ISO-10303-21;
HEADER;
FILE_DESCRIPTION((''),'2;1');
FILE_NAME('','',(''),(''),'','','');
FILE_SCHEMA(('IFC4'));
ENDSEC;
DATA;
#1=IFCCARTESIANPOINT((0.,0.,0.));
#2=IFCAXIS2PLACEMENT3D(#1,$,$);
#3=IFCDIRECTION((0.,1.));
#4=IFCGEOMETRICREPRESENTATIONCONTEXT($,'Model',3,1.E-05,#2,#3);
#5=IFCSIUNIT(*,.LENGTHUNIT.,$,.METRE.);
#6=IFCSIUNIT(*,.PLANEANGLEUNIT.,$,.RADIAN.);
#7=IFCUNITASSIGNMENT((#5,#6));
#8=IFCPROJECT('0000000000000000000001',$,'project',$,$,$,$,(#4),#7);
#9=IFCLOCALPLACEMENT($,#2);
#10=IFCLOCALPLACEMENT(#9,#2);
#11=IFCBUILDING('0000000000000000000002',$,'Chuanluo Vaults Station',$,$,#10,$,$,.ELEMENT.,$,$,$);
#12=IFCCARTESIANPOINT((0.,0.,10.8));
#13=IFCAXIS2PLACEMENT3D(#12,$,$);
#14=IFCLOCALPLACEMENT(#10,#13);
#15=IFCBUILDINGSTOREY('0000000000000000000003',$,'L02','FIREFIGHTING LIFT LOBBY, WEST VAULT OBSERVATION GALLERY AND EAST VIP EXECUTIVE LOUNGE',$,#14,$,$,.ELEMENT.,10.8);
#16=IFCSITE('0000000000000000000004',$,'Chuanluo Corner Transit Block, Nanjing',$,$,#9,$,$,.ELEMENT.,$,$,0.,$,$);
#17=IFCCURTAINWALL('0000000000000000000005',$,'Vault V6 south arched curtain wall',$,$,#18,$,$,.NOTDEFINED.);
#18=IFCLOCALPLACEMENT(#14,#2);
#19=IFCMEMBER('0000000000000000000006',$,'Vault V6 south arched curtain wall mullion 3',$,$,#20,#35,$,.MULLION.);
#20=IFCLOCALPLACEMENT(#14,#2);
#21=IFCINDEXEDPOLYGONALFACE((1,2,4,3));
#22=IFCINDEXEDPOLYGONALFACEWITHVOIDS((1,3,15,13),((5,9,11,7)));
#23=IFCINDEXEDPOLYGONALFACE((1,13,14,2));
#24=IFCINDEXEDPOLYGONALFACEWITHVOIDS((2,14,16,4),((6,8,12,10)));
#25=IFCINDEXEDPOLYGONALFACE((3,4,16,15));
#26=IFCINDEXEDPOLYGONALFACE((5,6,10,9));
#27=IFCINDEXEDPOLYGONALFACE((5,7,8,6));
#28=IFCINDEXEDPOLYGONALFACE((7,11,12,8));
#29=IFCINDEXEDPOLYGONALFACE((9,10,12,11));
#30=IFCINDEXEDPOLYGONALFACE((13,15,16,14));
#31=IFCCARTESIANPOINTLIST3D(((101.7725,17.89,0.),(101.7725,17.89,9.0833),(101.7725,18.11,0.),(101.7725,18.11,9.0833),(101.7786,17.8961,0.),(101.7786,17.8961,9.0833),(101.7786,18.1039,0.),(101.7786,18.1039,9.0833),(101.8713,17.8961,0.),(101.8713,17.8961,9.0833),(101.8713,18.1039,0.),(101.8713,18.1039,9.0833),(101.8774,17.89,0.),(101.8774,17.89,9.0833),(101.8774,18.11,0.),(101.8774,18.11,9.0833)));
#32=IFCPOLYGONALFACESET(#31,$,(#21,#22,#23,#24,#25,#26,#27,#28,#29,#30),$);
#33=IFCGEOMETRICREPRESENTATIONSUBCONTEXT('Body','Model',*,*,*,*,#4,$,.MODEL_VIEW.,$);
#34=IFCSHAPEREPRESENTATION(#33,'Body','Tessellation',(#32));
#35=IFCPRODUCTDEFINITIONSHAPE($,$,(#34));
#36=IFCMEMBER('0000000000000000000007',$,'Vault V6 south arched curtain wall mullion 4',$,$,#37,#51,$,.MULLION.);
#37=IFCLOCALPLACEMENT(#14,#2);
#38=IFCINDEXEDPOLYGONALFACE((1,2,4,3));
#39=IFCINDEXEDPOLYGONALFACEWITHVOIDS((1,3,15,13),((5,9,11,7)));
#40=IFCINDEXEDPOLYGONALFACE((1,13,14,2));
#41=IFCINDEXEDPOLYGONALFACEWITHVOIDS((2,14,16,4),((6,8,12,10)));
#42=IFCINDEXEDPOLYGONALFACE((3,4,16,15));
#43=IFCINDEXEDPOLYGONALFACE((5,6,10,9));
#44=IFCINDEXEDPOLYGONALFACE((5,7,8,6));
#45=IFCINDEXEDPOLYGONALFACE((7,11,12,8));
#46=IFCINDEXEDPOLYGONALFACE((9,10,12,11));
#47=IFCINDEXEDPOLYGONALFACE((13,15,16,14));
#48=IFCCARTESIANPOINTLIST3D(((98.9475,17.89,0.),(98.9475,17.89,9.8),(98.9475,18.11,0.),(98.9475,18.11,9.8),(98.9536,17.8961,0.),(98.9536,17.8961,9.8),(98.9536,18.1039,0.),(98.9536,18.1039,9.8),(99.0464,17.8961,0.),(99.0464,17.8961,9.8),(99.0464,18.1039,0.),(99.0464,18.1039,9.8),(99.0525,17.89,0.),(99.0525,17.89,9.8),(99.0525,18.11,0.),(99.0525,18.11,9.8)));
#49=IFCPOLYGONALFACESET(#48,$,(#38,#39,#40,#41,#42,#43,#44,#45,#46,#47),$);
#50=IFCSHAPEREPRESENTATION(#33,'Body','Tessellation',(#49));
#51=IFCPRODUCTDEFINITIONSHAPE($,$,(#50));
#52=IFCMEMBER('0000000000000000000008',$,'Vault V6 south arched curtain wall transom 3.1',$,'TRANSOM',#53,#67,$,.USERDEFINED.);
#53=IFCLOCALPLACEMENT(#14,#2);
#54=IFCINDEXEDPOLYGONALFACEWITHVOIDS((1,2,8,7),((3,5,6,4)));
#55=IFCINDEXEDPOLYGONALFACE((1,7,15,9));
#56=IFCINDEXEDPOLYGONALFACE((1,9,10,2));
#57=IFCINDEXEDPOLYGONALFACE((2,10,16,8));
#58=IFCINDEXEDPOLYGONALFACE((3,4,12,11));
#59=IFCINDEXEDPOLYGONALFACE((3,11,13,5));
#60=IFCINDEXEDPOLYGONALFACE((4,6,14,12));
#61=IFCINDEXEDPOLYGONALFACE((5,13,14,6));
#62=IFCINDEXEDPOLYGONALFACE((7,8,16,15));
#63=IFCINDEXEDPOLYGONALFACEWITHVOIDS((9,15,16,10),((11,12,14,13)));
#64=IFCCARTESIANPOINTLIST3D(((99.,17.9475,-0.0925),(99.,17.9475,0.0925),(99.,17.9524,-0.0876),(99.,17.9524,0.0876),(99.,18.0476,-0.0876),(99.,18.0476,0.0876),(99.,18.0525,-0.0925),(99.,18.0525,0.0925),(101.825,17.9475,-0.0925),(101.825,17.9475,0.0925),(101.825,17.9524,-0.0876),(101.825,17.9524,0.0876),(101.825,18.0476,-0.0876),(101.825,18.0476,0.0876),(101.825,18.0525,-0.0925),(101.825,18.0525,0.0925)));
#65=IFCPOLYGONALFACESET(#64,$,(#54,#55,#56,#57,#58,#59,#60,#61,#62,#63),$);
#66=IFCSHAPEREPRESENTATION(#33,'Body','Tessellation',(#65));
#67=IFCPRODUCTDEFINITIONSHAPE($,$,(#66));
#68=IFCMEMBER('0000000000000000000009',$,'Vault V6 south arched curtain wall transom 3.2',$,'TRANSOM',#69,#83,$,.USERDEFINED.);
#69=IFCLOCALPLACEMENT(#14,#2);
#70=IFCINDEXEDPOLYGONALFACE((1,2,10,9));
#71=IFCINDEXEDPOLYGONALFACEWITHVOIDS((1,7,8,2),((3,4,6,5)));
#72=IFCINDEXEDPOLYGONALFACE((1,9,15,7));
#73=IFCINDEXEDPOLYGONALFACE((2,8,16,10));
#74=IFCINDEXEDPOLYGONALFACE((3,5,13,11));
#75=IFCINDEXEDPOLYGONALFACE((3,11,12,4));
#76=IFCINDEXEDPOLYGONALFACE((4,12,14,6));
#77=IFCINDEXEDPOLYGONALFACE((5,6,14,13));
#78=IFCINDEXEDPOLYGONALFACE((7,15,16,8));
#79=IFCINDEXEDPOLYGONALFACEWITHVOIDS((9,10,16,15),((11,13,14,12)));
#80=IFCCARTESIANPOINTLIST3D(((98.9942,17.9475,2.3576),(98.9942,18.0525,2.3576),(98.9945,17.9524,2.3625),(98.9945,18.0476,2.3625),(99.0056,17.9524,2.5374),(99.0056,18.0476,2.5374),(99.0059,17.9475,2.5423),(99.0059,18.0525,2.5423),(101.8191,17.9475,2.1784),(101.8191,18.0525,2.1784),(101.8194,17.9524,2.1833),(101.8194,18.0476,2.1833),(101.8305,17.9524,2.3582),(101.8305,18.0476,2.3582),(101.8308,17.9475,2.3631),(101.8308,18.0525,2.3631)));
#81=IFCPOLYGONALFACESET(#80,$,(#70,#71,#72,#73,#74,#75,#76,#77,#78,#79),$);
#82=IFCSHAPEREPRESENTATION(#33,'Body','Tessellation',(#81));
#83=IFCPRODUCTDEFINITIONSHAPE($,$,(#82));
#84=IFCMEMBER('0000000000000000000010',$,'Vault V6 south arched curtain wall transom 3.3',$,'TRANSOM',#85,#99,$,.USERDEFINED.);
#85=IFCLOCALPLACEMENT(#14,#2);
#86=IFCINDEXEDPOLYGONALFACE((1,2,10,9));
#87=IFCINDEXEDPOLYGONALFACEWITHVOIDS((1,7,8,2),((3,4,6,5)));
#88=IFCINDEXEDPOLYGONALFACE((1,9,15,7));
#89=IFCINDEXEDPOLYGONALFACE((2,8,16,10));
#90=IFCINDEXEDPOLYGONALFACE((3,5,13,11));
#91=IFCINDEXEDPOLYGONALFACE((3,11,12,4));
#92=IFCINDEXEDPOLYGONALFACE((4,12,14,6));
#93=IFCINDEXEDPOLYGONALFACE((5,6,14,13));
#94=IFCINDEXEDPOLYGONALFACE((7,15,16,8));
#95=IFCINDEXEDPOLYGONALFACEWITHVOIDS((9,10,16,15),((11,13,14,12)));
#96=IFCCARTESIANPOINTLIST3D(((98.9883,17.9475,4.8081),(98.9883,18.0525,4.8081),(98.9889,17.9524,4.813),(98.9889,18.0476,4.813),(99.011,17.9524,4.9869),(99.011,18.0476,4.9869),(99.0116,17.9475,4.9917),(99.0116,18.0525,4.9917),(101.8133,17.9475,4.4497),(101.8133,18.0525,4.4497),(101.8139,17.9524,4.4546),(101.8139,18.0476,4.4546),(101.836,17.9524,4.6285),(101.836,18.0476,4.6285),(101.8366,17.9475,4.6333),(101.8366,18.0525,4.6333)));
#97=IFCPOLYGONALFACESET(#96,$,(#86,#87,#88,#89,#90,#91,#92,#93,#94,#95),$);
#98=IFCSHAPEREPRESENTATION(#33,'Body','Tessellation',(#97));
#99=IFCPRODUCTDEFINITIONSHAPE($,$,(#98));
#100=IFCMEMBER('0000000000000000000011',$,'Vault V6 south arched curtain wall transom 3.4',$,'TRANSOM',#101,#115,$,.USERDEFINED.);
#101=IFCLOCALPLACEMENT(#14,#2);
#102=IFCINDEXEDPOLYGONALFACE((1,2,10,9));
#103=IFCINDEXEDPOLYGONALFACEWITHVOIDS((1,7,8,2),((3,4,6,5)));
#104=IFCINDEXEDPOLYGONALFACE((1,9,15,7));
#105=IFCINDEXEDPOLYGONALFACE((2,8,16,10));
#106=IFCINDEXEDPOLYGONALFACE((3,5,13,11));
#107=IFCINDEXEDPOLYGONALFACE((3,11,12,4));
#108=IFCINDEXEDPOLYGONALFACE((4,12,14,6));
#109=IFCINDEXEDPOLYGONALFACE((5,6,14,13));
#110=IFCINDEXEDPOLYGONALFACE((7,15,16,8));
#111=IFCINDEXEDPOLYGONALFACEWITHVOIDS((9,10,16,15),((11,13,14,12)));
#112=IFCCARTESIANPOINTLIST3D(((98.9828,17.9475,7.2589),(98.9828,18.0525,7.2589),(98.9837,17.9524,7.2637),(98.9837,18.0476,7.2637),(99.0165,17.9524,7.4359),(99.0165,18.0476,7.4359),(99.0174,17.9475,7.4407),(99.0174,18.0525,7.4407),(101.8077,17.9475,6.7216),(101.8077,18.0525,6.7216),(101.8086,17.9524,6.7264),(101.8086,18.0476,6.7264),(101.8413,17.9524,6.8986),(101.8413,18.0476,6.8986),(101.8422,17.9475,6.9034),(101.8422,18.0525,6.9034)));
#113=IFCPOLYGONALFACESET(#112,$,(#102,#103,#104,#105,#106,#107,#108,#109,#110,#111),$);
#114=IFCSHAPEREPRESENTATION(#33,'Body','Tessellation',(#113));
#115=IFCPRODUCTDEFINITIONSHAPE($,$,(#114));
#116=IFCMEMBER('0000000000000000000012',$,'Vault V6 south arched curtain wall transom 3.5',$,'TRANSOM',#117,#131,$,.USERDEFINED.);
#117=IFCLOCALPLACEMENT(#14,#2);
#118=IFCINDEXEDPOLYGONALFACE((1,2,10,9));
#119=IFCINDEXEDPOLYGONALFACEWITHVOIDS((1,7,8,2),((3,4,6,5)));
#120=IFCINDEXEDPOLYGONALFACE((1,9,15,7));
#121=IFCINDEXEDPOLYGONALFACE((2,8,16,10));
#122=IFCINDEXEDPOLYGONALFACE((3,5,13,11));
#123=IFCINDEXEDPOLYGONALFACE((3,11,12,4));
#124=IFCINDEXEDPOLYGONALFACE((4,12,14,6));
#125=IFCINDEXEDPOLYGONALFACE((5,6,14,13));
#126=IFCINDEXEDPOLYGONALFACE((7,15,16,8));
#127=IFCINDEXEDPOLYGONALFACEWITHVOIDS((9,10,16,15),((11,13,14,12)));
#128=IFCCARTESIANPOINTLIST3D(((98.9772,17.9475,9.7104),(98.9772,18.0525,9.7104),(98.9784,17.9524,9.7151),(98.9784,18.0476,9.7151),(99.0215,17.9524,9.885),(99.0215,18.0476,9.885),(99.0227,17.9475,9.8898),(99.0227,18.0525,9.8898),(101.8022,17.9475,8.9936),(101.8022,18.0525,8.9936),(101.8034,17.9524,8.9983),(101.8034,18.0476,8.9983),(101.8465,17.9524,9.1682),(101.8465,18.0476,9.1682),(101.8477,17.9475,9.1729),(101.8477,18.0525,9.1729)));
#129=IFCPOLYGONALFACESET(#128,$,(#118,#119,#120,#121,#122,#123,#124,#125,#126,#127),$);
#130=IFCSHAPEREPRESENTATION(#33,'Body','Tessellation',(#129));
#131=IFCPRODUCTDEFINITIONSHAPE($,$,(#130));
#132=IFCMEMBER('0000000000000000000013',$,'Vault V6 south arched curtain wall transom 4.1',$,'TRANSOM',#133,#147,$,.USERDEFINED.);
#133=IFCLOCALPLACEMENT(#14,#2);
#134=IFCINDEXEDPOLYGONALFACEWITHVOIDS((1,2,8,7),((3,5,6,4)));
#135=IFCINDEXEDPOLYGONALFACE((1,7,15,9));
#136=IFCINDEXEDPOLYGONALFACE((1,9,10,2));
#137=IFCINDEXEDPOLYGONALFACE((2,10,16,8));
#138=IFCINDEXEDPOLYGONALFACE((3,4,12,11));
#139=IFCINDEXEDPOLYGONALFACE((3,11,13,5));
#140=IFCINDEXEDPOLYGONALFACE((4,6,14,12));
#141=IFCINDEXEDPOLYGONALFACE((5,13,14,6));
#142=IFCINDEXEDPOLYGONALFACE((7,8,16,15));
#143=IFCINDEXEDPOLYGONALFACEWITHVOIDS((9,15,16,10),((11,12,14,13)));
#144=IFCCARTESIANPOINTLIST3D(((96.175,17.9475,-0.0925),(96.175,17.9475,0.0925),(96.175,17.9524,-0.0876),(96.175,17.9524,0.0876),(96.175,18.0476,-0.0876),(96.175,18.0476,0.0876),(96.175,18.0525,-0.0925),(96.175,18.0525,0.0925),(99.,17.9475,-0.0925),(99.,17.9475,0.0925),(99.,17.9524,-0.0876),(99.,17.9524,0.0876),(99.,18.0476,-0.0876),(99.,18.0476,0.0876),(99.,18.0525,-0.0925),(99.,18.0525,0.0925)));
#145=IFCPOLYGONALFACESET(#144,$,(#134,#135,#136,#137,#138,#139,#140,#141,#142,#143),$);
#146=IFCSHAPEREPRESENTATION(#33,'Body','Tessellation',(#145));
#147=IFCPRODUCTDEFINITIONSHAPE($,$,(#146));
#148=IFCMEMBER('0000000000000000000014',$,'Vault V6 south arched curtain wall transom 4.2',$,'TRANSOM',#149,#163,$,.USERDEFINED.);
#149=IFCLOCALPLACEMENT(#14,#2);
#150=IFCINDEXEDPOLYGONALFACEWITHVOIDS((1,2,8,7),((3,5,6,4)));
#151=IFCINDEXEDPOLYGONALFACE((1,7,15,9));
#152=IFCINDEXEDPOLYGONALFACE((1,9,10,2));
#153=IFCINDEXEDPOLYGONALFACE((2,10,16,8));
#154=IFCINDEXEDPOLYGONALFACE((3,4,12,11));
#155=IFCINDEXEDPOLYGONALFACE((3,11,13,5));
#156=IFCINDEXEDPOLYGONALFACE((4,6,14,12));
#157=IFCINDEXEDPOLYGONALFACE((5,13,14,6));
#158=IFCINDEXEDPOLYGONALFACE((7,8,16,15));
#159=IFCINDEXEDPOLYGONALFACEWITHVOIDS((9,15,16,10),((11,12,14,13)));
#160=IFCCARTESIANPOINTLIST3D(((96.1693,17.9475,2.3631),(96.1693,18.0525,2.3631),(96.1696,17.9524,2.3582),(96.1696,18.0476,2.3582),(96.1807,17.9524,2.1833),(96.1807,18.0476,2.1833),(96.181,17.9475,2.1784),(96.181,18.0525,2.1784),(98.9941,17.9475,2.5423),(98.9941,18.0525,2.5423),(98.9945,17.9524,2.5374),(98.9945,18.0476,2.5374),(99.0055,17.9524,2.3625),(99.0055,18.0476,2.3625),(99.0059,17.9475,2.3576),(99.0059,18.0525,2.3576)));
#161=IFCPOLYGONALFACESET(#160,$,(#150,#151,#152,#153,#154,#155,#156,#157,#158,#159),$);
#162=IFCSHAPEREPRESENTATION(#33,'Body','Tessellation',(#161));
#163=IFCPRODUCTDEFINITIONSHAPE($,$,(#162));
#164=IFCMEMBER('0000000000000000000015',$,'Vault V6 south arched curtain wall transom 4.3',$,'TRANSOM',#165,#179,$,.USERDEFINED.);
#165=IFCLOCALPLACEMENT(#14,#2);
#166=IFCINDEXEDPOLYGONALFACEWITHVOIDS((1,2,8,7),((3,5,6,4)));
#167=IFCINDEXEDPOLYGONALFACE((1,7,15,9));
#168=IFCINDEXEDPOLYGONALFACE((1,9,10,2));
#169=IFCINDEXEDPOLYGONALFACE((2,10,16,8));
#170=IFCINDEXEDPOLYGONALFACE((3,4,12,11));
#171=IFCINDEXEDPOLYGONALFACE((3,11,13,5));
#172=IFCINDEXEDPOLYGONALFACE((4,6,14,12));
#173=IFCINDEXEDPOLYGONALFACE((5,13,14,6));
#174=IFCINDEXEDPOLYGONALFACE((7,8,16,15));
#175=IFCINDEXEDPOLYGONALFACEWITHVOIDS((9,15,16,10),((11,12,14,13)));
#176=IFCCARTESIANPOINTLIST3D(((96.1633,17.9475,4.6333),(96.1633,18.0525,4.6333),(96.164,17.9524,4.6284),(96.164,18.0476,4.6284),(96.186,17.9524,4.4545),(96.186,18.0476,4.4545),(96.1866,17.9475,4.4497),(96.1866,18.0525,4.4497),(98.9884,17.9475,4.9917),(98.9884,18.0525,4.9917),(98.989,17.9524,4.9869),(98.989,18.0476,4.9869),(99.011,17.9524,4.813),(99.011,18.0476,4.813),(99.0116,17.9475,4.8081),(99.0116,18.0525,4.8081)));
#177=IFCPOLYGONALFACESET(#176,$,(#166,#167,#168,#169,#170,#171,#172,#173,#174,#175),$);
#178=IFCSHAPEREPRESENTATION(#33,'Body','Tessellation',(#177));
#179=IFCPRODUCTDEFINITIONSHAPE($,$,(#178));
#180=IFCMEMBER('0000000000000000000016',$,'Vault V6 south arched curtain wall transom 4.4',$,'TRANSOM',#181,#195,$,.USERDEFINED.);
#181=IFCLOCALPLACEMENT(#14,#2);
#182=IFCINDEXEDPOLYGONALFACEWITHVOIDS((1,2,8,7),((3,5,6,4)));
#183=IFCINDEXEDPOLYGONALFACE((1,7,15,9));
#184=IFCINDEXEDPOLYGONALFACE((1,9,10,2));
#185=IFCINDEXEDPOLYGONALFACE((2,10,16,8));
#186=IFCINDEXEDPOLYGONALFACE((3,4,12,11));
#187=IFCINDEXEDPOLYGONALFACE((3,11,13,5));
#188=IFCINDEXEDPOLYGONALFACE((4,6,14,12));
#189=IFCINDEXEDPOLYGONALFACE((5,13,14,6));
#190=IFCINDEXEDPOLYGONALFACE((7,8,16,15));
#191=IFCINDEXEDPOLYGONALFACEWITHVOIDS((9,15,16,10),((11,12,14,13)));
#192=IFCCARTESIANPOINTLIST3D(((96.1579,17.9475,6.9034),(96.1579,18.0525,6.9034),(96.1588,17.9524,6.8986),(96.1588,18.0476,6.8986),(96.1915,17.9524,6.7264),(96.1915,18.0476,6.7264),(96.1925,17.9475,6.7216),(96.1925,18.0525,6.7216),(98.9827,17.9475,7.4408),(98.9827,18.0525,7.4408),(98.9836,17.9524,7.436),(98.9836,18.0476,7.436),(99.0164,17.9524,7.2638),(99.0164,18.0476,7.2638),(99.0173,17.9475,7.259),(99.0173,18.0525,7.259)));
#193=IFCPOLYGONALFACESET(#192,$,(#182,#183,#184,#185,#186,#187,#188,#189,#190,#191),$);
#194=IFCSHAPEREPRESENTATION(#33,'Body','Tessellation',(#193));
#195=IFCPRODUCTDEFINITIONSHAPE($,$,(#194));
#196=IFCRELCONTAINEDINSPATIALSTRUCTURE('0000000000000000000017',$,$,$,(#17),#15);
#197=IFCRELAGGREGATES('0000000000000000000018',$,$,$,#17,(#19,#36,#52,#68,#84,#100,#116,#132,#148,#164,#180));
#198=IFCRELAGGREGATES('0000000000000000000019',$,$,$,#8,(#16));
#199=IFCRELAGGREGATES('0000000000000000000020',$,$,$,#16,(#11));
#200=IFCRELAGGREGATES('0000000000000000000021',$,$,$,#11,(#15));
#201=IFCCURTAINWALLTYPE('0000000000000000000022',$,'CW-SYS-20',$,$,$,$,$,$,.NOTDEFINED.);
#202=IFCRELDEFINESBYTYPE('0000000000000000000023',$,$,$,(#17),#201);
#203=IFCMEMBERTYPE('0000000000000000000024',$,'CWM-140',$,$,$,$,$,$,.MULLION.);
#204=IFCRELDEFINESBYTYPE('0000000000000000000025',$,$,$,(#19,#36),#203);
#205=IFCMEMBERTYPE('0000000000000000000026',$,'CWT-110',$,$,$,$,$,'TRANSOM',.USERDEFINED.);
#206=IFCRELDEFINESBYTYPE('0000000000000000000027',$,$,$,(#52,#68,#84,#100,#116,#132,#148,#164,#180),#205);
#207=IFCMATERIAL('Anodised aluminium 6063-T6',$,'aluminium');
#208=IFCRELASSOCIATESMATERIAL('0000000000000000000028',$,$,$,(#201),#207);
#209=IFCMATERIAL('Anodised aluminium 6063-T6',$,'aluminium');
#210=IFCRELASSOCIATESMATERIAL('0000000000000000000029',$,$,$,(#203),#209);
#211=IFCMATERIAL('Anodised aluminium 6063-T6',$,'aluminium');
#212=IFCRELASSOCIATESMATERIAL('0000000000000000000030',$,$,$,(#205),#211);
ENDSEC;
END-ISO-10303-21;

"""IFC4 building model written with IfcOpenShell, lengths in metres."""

from ifc_helpers import new_model, si_unit, direction, frame, origin, origin_2d, place, context, subcontext, project, spatial, hollow_rectangle, extrude, material, material_profile, profile_set, type_object, element, aggregate, save


model = new_model("IFC4")

# Units and contexts
model_context = context("Model", 3, precision=1e-05, world=origin(), true_north=direction((0.0, 1.0)))
body_context = subcontext(model_context, "Body", "Model", "MODEL_VIEW")
ifc_project = project(units=[si_unit("LENGTHUNIT", "METRE"), si_unit("PLANEANGLEUNIT", "RADIAN")], contexts=[model_context])

# Site, building, storey
site_placement = place(None, origin())
site = spatial("IfcSite", under=ifc_project, at=site_placement, Name="Chuanluo Corner Transit Block, Nanjing", CompositionType="ELEMENT", RefElevation=0.0)
building_placement = place(site_placement, origin())
building = spatial("IfcBuilding", under=site, at=building_placement, Name="Chuanluo Vaults Station", CompositionType="ELEMENT")
storey_placement = place(building_placement, frame((0.0, 0.0, 10.8)))
storey = spatial("IfcBuildingStorey", under=building, at=storey_placement, Name="L02", Description="FIREFIGHTING LIFT LOBBY, WEST VAULT OBSERVATION GALLERY AND EAST VIP EXECUTIVE LOUNGE", CompositionType="ELEMENT", Elevation=10.8)

# Curtain wall, members
ifc_material_1 = material(Name="Anodised aluminium 6063-T6", Category="aluminium")
curtain_wall_type = type_object("IfcCurtainWallType", Name="CW-SYS-20", PredefinedType="NOTDEFINED", material=ifc_material_1)
curtain_wall_placement = place(storey_placement, origin())
curtain_wall = element("IfcCurtainWall", 1, at=curtain_wall_placement, inside=storey, type_object=curtain_wall_type, Name="Vault V6 south arched curtain wall", PredefinedType="NOTDEFINED")
ifc_material_2 = material(Name="Anodised aluminium 6063-T6", Category="aluminium")
ifc_material_profile_1 = material_profile(ifc_material_2, hollow_rectangle(XDim=0.105, YDim=0.22, WallThickness=0.0061, at=origin_2d()))
ifc_profile_set_1 = profile_set([ifc_material_profile_1], Name="Anodised aluminium 6063-T6")
member_type_1 = type_object("IfcMemberType", Name="CWM-140", PredefinedType="MULLION", material=ifc_profile_set_1)
member_1_placement = place(storey_placement, frame((101.825, 18.0, 0.0), z_axis=(0.0, 0.0, 1.0), x_axis=(-1.0, 0.0, 0.0)))
member_1 = element("IfcMember", 2, at=member_1_placement, type_object=member_type_1, Name="Vault V6 south arched curtain wall mullion 3", PredefinedType="MULLION", context=body_context, shape_type="SweptSolid", body=[
    extrude(hollow_rectangle(XDim=0.105, YDim=0.22, WallThickness=0.0061, at=origin_2d()), origin(), (0.0, 0.0, 1.0), 9.0833),
])
member_2_placement = place(storey_placement, frame((99.0, 18.0, 0.0), z_axis=(0.0, 0.0, 1.0), x_axis=(-1.0, 0.0, 0.0)))
member_2 = element("IfcMember", 3, at=member_2_placement, type_object=member_type_1, Name="Vault V6 south arched curtain wall mullion 4", PredefinedType="MULLION", context=body_context, shape_type="SweptSolid", body=[
    extrude(hollow_rectangle(XDim=0.105, YDim=0.22, WallThickness=0.0061, at=origin_2d()), origin(), (0.0, 0.0, 1.0), 9.8),
])
ifc_material_3 = material(Name="Anodised aluminium 6063-T6", Category="aluminium")
ifc_material_profile_2 = material_profile(ifc_material_3, hollow_rectangle(XDim=0.105, YDim=0.1851, WallThickness=0.0049, at=origin_2d()))
ifc_profile_set_2 = profile_set([ifc_material_profile_2], Name="Anodised aluminium 6063-T6")
member_type_2 = type_object("IfcMemberType", Name="CWT-110", ElementType="TRANSOM", PredefinedType="USERDEFINED", material=ifc_profile_set_2)
member_3_placement = place(storey_placement, frame((101.825, 18.0, 0.0), z_axis=(-1.0, 0.0, 0.0), x_axis=(0.0, -1.0, 0.0)))
member_3 = element("IfcMember", 4, at=member_3_placement, type_object=member_type_2, Name="Vault V6 south arched curtain wall transom 3.1", ObjectType="TRANSOM", PredefinedType="USERDEFINED", context=body_context, shape_type="SweptSolid", body=[
    extrude(hollow_rectangle(XDim=0.105, YDim=0.1851, WallThickness=0.0049, at=origin_2d()), origin(), (0.0, 0.0, 1.0), 2.825),
])
member_4_placement = place(storey_placement, frame((101.825, 18.0, 2.2708), z_axis=(-0.997994, 0.0, 0.063307), x_axis=(0.0, -1.0, 0.0)))
member_4 = element("IfcMember", 5, at=member_4_placement, type_object=member_type_2, Name="Vault V6 south arched curtain wall transom 3.2", ObjectType="TRANSOM", PredefinedType="USERDEFINED", context=body_context, shape_type="SweptSolid", body=[
    extrude(hollow_rectangle(XDim=0.105, YDim=0.1851, WallThickness=0.0049, at=origin_2d()), origin(), (0.0, 0.0, 1.0), 2.8306),
])
member_5_placement = place(storey_placement, frame((101.825, 18.0, 4.5415), z_axis=(-0.992048, 0.0, 0.12586), x_axis=(0.0, -1.0, 0.0)))
member_5 = element("IfcMember", 6, at=member_5_placement, type_object=member_type_2, Name="Vault V6 south arched curtain wall transom 3.3", ObjectType="TRANSOM", PredefinedType="USERDEFINED", context=body_context, shape_type="SweptSolid", body=[
    extrude(hollow_rectangle(XDim=0.105, YDim=0.1851, WallThickness=0.0049, at=origin_2d()), origin(), (0.0, 0.0, 1.0), 2.8477),
])
member_6_placement = place(storey_placement, frame((101.825, 18.0, 6.8125), z_axis=(-0.982385, 0.0, 0.186866), x_axis=(0.0, -1.0, 0.0)))
member_6 = element("IfcMember", 7, at=member_6_placement, type_object=member_type_2, Name="Vault V6 south arched curtain wall transom 3.4", ObjectType="TRANSOM", PredefinedType="USERDEFINED", context=body_context, shape_type="SweptSolid", body=[
    extrude(hollow_rectangle(XDim=0.105, YDim=0.1851, WallThickness=0.0049, at=origin_2d()), origin(), (0.0, 0.0, 1.0), 2.8755),
])
member_7_placement = place(storey_placement, frame((101.825, 18.0, 9.0833), z_axis=(-0.969284, 0.0, 0.245944), x_axis=(0.0, -1.0, 0.0)))
member_7 = element("IfcMember", 8, at=member_7_placement, type_object=member_type_2, Name="Vault V6 south arched curtain wall transom 3.5", ObjectType="TRANSOM", PredefinedType="USERDEFINED", context=body_context, shape_type="SweptSolid", body=[
    extrude(hollow_rectangle(XDim=0.105, YDim=0.1851, WallThickness=0.0049, at=origin_2d()), origin(), (0.0, 0.0, 1.0), 2.9146),
])
member_8_placement = place(storey_placement, frame((99.0, 18.0, 0.0), z_axis=(-1.0, 0.0, 0.0), x_axis=(0.0, -1.0, 0.0)))
member_8 = element("IfcMember", 9, at=member_8_placement, type_object=member_type_2, Name="Vault V6 south arched curtain wall transom 4.1", ObjectType="TRANSOM", PredefinedType="USERDEFINED", context=body_context, shape_type="SweptSolid", body=[
    extrude(hollow_rectangle(XDim=0.105, YDim=0.1851, WallThickness=0.0049, at=origin_2d()), origin(), (0.0, 0.0, 1.0), 2.825),
])
member_9_placement = place(storey_placement, frame((99.0, 18.0, 2.45), z_axis=(-0.997994, 0.0, -0.063307), x_axis=(0.0, -1.0, 0.0)))
member_9 = element("IfcMember", 10, at=member_9_placement, type_object=member_type_2, Name="Vault V6 south arched curtain wall transom 4.2", ObjectType="TRANSOM", PredefinedType="USERDEFINED", context=body_context, shape_type="SweptSolid", body=[
    extrude(hollow_rectangle(XDim=0.105, YDim=0.1851, WallThickness=0.0049, at=origin_2d()), origin(), (0.0, 0.0, 1.0), 2.8306),
])
member_10_placement = place(storey_placement, frame((99.0, 18.0, 4.8999), z_axis=(-0.992048, 0.0, -0.12586), x_axis=(0.0, -1.0, 0.0)))
member_10 = element("IfcMember", 11, at=member_10_placement, type_object=member_type_2, Name="Vault V6 south arched curtain wall transom 4.3", ObjectType="TRANSOM", PredefinedType="USERDEFINED", context=body_context, shape_type="SweptSolid", body=[
    extrude(hollow_rectangle(XDim=0.105, YDim=0.1851, WallThickness=0.0049, at=origin_2d()), origin(), (0.0, 0.0, 1.0), 2.8477),
])
member_11_placement = place(storey_placement, frame((99.0, 18.0, 7.3499), z_axis=(-0.982385, 0.0, -0.186866), x_axis=(0.0, -1.0, 0.0)))
member_11 = element("IfcMember", 12, at=member_11_placement, type_object=member_type_2, Name="Vault V6 south arched curtain wall transom 4.4", ObjectType="TRANSOM", PredefinedType="USERDEFINED", context=body_context, shape_type="SweptSolid", body=[
    extrude(hollow_rectangle(XDim=0.105, YDim=0.1851, WallThickness=0.0049, at=origin_2d()), origin(), (0.0, 0.0, 1.0), 2.8755),
])
aggregate(curtain_wall, [member_1, member_2, member_3, member_4, member_5, member_6, member_7, member_8, member_9, member_10, member_11])

save(model, "model.ifc")
